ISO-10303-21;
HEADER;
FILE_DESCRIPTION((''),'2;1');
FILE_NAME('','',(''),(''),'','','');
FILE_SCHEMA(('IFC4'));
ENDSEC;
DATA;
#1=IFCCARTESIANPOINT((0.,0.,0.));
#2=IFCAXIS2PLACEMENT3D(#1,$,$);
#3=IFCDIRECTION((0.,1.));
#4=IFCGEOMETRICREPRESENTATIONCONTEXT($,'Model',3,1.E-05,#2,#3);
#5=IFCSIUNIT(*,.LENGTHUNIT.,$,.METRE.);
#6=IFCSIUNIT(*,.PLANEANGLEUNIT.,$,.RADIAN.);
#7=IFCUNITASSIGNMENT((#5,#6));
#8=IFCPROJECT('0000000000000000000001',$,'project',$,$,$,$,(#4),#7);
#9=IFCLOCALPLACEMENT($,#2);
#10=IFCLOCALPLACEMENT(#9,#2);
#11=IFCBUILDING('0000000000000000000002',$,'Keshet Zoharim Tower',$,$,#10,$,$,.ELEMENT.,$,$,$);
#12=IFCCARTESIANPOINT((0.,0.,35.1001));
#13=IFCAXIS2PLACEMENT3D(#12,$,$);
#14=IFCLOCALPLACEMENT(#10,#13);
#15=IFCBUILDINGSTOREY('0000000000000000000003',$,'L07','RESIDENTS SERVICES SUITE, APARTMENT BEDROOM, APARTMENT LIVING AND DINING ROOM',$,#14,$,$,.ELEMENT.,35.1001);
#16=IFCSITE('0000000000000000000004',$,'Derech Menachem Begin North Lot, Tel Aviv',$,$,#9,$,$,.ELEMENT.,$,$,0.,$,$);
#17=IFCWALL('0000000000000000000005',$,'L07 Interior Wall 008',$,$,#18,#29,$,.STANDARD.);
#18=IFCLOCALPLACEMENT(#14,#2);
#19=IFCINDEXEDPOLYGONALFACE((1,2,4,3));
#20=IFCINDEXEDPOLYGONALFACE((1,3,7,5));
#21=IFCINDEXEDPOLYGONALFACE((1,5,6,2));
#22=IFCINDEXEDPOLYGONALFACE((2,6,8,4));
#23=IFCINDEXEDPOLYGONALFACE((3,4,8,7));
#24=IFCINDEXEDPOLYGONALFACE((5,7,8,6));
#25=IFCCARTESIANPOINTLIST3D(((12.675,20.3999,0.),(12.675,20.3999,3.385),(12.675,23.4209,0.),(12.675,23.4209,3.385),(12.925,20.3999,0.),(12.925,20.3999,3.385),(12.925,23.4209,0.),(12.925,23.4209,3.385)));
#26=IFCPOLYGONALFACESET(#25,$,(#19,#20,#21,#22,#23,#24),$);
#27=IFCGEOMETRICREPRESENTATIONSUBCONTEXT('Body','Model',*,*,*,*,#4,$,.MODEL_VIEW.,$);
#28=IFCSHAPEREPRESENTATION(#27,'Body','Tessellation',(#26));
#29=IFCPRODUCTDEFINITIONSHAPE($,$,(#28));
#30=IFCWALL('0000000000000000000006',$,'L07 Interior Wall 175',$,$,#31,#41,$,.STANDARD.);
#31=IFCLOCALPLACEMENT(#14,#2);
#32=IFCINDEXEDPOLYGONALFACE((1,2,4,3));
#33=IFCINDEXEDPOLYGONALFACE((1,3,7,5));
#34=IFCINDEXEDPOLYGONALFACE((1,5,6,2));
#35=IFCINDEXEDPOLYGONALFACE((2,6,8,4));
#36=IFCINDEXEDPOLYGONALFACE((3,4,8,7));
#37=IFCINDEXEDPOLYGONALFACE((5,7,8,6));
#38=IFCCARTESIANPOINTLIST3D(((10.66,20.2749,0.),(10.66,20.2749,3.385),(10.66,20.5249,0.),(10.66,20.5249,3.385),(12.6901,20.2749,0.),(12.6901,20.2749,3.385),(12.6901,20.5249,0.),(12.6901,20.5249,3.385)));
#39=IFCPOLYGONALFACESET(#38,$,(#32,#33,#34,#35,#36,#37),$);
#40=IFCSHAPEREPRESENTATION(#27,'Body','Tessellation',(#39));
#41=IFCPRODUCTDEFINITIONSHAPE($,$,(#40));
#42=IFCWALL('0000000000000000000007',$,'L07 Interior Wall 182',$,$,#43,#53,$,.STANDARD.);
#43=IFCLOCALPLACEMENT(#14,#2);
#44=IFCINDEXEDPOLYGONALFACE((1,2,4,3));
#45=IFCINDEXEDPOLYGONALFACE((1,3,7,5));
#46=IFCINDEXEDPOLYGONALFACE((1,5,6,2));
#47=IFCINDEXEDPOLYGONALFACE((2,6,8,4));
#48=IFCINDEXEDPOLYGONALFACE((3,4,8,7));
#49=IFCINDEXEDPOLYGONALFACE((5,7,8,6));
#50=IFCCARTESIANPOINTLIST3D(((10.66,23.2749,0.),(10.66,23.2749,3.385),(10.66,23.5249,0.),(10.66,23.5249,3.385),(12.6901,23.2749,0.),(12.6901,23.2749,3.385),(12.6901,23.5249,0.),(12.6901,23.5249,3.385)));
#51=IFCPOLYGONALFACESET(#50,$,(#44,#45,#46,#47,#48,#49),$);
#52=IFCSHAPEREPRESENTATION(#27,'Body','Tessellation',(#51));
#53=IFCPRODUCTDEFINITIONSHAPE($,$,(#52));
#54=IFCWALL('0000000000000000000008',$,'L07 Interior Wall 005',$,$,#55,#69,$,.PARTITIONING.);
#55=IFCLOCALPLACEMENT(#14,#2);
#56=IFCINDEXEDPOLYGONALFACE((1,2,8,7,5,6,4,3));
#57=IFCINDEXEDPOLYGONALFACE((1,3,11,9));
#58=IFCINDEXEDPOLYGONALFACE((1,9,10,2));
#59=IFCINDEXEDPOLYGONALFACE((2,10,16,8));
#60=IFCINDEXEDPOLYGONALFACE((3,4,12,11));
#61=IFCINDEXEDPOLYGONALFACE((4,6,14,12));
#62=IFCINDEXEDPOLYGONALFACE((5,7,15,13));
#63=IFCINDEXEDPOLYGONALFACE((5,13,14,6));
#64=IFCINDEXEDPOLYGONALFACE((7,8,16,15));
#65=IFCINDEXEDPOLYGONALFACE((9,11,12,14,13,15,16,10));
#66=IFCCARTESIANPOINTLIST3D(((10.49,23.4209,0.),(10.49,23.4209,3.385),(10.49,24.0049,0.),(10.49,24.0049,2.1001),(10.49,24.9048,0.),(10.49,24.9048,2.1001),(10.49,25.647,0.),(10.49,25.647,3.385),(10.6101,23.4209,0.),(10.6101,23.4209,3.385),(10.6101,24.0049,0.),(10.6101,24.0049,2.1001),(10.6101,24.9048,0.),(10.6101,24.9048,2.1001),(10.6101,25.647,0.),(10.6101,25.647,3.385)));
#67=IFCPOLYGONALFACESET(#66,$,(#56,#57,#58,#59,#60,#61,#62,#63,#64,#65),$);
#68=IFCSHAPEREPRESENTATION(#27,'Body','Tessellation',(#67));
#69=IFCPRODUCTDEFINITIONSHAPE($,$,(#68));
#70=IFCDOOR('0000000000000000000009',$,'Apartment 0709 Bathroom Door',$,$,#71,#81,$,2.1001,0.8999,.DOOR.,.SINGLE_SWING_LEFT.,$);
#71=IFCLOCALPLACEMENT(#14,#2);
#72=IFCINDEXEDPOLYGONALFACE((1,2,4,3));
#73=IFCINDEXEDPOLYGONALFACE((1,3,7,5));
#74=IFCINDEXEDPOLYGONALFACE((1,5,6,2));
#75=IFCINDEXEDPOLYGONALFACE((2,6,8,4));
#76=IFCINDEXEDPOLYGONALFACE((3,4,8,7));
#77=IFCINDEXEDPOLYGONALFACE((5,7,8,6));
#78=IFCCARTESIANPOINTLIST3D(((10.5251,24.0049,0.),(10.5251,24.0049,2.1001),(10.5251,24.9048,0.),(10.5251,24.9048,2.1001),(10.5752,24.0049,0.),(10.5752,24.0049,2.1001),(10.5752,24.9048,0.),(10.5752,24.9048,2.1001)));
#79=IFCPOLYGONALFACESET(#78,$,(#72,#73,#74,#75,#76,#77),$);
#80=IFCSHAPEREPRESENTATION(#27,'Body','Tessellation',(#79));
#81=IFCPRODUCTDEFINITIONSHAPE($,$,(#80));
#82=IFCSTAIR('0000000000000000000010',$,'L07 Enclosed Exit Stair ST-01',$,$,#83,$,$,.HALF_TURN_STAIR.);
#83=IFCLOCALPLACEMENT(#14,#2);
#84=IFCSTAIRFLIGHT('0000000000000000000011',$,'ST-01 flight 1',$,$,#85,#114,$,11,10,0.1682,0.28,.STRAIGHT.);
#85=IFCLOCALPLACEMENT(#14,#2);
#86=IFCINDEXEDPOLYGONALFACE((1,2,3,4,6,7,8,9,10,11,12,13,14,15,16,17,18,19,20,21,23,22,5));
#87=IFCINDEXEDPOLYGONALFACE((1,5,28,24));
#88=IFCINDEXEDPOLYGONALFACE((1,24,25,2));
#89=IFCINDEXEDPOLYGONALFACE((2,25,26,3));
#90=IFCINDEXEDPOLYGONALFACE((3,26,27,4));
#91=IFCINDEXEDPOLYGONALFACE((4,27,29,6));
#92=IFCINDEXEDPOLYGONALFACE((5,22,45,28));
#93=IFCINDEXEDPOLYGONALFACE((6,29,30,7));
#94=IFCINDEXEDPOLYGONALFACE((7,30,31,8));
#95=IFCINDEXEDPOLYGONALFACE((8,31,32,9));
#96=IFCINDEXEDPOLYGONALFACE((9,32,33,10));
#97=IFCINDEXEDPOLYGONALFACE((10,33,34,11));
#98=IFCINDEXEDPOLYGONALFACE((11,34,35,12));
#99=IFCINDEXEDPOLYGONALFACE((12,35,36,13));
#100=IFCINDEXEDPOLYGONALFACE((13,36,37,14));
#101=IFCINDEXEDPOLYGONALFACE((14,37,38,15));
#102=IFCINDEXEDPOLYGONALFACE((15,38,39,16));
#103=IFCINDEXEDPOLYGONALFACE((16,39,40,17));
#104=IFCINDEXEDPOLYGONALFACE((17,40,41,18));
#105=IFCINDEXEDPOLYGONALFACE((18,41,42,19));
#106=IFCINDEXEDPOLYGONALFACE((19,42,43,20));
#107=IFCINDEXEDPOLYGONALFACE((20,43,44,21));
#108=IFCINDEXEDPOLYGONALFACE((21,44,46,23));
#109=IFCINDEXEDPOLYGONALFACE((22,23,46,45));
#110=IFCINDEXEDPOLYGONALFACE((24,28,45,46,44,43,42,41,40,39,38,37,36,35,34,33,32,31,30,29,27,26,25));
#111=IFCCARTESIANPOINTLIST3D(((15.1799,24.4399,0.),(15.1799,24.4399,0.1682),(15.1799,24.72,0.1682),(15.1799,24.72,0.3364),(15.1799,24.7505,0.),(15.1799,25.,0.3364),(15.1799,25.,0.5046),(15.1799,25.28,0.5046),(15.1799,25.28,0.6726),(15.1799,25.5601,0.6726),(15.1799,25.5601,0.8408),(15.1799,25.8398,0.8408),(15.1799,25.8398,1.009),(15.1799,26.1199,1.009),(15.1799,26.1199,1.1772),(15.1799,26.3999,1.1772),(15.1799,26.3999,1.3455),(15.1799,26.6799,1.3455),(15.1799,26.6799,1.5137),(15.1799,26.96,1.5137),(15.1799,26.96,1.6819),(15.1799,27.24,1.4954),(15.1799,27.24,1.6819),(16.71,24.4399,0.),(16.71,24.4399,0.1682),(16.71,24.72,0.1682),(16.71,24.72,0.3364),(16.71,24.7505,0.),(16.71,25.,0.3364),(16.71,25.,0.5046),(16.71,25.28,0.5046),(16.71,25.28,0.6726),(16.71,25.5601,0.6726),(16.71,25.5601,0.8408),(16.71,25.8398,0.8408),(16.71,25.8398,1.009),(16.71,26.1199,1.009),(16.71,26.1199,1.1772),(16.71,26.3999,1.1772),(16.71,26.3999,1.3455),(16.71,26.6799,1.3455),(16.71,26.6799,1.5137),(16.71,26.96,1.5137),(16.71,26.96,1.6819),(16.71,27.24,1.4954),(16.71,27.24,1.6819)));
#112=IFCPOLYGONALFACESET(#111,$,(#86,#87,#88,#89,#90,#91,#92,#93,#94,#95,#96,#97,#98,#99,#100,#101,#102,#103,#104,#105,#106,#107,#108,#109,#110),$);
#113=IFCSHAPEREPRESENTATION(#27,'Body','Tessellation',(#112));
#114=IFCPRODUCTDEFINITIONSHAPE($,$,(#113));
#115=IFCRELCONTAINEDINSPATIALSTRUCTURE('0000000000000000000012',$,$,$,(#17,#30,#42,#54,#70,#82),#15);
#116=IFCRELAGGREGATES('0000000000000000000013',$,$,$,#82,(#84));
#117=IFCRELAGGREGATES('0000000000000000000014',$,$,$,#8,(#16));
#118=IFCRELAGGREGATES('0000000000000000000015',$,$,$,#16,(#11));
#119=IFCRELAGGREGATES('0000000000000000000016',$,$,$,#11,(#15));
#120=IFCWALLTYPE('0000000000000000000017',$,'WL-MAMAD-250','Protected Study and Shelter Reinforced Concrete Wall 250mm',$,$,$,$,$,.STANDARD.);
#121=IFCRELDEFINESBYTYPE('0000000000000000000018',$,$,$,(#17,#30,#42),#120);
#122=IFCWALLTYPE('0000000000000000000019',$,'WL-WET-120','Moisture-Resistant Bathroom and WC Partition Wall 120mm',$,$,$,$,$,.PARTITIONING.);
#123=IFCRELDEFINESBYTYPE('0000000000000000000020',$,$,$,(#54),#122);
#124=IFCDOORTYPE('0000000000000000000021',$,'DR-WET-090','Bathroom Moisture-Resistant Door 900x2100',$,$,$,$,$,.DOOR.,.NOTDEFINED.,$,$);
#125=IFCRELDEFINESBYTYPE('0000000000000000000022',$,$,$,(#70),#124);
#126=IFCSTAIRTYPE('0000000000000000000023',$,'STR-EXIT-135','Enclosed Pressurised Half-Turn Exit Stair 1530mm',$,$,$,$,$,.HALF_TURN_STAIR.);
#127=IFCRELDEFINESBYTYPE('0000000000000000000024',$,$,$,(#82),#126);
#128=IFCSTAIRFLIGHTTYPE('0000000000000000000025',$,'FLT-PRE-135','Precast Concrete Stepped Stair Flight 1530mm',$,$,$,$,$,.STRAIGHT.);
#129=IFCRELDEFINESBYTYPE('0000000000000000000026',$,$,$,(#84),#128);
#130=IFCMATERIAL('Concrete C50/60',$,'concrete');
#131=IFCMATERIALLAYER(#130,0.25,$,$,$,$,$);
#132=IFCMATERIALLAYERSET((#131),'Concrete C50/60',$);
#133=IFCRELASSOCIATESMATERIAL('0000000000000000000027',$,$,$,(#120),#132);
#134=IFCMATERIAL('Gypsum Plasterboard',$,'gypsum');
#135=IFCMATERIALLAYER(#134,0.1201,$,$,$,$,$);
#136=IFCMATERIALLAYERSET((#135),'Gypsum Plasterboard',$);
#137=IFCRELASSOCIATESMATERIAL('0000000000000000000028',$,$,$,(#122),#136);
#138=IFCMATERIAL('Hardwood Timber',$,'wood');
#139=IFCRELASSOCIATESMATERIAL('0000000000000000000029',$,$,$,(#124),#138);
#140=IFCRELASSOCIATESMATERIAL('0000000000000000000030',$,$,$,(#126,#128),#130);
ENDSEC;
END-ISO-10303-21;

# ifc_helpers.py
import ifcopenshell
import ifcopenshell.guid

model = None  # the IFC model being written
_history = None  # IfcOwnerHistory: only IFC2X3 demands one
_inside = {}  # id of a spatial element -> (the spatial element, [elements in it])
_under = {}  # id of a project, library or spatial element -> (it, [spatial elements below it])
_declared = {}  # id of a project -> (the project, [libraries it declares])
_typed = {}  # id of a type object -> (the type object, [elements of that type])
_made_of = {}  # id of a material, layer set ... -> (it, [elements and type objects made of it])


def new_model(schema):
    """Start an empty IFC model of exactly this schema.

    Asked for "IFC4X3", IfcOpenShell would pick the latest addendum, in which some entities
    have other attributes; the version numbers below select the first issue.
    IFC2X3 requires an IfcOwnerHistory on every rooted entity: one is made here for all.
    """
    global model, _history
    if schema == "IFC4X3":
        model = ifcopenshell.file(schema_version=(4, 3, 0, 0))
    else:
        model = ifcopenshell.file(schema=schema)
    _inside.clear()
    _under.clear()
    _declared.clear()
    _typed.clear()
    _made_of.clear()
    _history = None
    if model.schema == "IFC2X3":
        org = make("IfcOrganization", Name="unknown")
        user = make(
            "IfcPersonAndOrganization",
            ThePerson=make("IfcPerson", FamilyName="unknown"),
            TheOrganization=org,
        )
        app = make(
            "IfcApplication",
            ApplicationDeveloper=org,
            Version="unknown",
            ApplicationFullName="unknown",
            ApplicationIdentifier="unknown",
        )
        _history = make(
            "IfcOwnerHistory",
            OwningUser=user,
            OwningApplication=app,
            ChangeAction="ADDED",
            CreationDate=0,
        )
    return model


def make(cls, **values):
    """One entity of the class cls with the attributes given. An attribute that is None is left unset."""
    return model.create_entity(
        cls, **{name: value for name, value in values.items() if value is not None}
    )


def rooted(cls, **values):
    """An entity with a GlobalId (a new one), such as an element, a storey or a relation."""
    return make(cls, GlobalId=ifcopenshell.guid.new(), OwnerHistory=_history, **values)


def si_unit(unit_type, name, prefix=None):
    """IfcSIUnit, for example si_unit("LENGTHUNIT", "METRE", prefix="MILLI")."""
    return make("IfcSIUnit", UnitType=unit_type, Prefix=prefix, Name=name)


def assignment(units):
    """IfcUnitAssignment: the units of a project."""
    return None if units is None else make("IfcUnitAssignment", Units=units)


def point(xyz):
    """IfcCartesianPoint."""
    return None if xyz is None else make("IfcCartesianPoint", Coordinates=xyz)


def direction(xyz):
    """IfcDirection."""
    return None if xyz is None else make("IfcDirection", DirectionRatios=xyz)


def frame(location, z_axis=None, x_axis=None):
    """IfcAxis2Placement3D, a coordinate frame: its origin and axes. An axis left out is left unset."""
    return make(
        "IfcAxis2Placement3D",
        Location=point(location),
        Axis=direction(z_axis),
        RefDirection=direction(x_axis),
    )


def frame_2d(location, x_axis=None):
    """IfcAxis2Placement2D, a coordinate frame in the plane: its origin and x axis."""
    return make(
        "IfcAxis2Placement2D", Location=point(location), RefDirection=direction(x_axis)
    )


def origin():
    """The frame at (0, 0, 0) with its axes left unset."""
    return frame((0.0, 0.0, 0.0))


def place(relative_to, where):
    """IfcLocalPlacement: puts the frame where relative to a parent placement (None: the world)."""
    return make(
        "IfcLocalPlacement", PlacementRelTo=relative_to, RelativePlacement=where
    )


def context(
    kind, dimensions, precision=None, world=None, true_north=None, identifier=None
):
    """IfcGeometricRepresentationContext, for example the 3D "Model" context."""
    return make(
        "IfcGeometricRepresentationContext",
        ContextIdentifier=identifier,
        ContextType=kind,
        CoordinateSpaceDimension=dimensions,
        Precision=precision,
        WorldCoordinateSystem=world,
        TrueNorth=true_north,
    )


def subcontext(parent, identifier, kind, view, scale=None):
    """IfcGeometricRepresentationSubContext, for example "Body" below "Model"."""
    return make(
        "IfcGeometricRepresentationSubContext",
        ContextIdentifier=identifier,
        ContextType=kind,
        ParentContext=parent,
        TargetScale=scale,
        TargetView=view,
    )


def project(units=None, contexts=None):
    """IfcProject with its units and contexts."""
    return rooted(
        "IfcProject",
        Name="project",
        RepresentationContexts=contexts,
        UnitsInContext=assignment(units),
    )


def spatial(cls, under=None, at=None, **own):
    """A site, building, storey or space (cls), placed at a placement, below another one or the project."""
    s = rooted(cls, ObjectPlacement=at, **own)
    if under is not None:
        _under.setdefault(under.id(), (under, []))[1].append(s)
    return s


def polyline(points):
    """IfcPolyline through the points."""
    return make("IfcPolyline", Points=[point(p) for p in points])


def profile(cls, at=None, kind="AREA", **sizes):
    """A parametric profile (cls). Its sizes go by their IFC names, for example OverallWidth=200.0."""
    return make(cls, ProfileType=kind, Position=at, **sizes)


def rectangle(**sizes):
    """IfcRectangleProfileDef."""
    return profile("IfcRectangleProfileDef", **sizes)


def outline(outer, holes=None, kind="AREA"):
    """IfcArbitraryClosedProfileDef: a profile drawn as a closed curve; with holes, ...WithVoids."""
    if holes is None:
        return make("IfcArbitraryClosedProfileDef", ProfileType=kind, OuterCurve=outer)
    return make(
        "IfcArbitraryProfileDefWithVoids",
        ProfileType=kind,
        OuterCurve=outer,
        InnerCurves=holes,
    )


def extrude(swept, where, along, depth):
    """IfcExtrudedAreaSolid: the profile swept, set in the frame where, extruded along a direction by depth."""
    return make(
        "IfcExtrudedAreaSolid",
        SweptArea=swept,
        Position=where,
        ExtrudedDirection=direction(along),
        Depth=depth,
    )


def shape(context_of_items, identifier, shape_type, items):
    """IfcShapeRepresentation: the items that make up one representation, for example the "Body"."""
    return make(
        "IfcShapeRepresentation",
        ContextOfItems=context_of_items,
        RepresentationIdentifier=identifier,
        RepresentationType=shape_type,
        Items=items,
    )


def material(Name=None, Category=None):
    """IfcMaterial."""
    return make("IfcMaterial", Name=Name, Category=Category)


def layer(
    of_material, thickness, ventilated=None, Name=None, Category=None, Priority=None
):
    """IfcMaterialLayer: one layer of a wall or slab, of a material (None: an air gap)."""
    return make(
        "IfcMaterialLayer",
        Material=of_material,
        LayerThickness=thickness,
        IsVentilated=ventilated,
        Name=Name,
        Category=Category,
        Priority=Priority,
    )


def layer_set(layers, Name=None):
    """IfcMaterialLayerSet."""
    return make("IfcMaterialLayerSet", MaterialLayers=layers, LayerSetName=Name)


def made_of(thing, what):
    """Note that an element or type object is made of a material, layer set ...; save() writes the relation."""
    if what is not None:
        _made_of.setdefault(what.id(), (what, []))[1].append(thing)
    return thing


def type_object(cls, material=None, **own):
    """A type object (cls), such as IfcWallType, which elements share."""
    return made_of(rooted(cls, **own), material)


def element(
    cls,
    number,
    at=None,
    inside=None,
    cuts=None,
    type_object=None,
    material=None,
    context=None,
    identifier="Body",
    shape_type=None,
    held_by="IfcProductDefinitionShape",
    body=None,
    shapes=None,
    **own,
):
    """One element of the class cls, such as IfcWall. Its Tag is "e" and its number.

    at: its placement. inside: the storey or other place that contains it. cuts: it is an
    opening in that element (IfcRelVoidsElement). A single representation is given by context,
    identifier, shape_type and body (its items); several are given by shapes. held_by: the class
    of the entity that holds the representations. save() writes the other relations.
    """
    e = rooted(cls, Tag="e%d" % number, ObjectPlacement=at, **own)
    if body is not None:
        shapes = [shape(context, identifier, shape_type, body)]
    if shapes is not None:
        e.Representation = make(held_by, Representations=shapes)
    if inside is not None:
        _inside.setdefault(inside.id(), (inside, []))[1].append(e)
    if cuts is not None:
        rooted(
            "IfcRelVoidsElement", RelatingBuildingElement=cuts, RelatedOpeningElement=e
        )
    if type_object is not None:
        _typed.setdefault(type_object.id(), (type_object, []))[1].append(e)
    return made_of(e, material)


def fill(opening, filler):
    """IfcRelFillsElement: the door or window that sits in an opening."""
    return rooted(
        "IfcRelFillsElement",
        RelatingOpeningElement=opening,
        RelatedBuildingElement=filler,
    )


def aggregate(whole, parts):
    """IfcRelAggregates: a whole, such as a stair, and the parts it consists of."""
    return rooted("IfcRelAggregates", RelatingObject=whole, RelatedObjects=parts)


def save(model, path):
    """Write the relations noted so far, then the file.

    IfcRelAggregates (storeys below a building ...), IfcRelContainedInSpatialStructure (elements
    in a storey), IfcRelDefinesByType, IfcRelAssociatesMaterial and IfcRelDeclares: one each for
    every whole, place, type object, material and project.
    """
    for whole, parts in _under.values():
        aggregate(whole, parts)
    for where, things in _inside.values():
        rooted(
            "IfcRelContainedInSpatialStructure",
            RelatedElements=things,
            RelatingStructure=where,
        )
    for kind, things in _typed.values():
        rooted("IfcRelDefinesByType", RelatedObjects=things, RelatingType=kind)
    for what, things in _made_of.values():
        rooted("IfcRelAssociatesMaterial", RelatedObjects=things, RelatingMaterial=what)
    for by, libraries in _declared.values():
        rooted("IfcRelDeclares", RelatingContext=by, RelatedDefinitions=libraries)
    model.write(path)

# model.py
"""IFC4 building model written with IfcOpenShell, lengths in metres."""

from ifc_helpers import new_model, si_unit, direction, frame, frame_2d, origin, place, context, subcontext, project, spatial, polyline, rectangle, outline, extrude, material, layer, layer_set, type_object, element, fill, aggregate, save


model = new_model("IFC4")

# Units and contexts
model_context = context("Model", 3, precision=1e-05, world=origin(), true_north=direction((0.0, 1.0)))
body_context = subcontext(model_context, "Body", "Model", "MODEL_VIEW")
ifc_project = project(units=[si_unit("LENGTHUNIT", "METRE"), si_unit("PLANEANGLEUNIT", "RADIAN")], contexts=[model_context])

# Site, building, storey
site_placement = place(None, origin())
site = spatial("IfcSite", under=ifc_project, at=site_placement, Name="Derech Menachem Begin North Lot, Tel Aviv", CompositionType="ELEMENT", RefElevation=0.0)
building_placement = place(site_placement, origin())
building = spatial("IfcBuilding", under=site, at=building_placement, Name="Keshet Zoharim Tower", CompositionType="ELEMENT")
storey_placement = place(building_placement, frame((0.0, 0.0, 35.1001)))
storey = spatial("IfcBuildingStorey", under=building, at=storey_placement, Name="L07", Description="RESIDENTS SERVICES SUITE, APARTMENT BEDROOM, APARTMENT LIVING AND DINING ROOM", CompositionType="ELEMENT", Elevation=35.1001)

# Shared definitions
ifc_material_1 = material(Name="Hardwood Timber", Category="wood")

# Shared definitions
ifc_material_2 = material(Name="Gypsum Plasterboard", Category="gypsum")

# Shared definitions
ifc_material_3 = material(Name="Concrete C50/60", Category="concrete")
ifc_layer_1 = layer(ifc_material_3, 0.25)
ifc_layer_set_1 = layer_set([ifc_layer_1], Name="Concrete C50/60")
wall_type_1 = type_object("IfcWallType", Name="WL-MAMAD-250", Description="Protected Study and Shelter Reinforced Concrete Wall 250mm", PredefinedType="STANDARD", material=ifc_layer_set_1)

# Walls
wall_1_placement = place(storey_placement, frame((12.8, 20.3999, 0.0), z_axis=(0.0, 0.0, 1.0), x_axis=(0.0, 1.0, 0.0)))
element("IfcWall", 1, at=wall_1_placement, inside=storey, type_object=wall_type_1, Name="L07 Interior Wall 008", PredefinedType="STANDARD", context=body_context, shape_type="SweptSolid", body=[
    extrude(rectangle(XDim=3.021, YDim=0.25, at=frame_2d((1.5105, 0.0))), origin(), (0.0, 0.0, 1.0), 3.385),
])
for number, where, z_axis, x_axis, name in (
    (2, (10.6599, 20.3999, 0.0), (0.0, 0.0, 1.0), (1.0, 0.0, 0.0), "L07 Interior Wall 175"),
    (3, (10.6599, 23.3999, 0.0), (0.0, 0.0, 1.0), (1.0, 0.0, 0.0), "L07 Interior Wall 182"),
):
    element("IfcWall", number, at=place(storey_placement, frame(where, z_axis=z_axis, x_axis=x_axis)), inside=storey, type_object=wall_type_1, Name=name, PredefinedType="STANDARD", context=body_context, shape_type="SweptSolid", body=[
        extrude(rectangle(XDim=2.03, YDim=0.25, at=frame_2d((1.0151, 0.0))), origin(), (0.0, 0.0, 1.0), 3.385),
    ])

# Wall, opening, door
ifc_layer_2 = layer(ifc_material_2, 0.1201)
ifc_layer_set_2 = layer_set([ifc_layer_2], Name="Gypsum Plasterboard")
wall_type_2 = type_object("IfcWallType", Name="WL-WET-120", Description="Moisture-Resistant Bathroom and WC Partition Wall 120mm", PredefinedType="PARTITIONING", material=ifc_layer_set_2)
wall_2_placement = place(storey_placement, frame((10.55, 23.4209, 0.0), z_axis=(0.0, 0.0, 1.0), x_axis=(0.0, 1.0, 0.0)))
wall_2 = element("IfcWall", 4, at=wall_2_placement, inside=storey, type_object=wall_type_2, Name="L07 Interior Wall 005", PredefinedType="PARTITIONING", context=body_context, shape_type="SweptSolid", body=[
    extrude(rectangle(XDim=2.2261, YDim=0.1201, at=frame_2d((1.113, 0.0))), origin(), (0.0, 0.0, 1.0), 3.385),
])
opening_1_placement = place(wall_2_placement, frame((0.584, 0.0, 0.0)))
opening_1 = element("IfcOpeningElement", 5, at=opening_1_placement, cuts=wall_2, PredefinedType="OPENING", context=body_context, shape_type="SweptSolid", body=[
    extrude(rectangle(XDim=0.8999, YDim=2.1001, at=frame_2d((0.45, 1.05))), frame((0.0, 0.0701, 0.0), z_axis=(0.0, -1.0, 0.0), x_axis=(1.0, 0.0, 0.0)), (0.0, 0.0, 1.0), 0.1401),
])
door_type_1 = type_object("IfcDoorType", Name="DR-WET-090", Description="Bathroom Moisture-Resistant Door 900x2100", OperationType="NOTDEFINED", PredefinedType="DOOR", material=ifc_material_1)
door_1_placement = place(opening_1_placement, origin())
door_1 = element("IfcDoor", 6, at=door_1_placement, inside=storey, type_object=door_type_1, Name="Apartment 0709 Bathroom Door", OperationType="SINGLE_SWING_LEFT", OverallHeight=2.1001, OverallWidth=0.8999, PredefinedType="DOOR", context=body_context, shape_type="SweptSolid", body=[
    extrude(rectangle(XDim=0.8999, YDim=2.1001, at=frame_2d((0.45, 1.05))), frame((0.0, 0.0249, 0.0), z_axis=(0.0, -1.0, 0.0), x_axis=(1.0, 0.0, 0.0)), (0.0, 0.0, 1.0), 0.05),
])
fill(opening_1, door_1)

# Stair, stair flight
stair_type = type_object("IfcStairType", Name="STR-EXIT-135", Description="Enclosed Pressurised Half-Turn Exit Stair 1530mm", PredefinedType="HALF_TURN_STAIR", material=ifc_material_3)
stair_placement = place(storey_placement, origin())
stair = element("IfcStair", 7, at=stair_placement, inside=storey, type_object=stair_type, Name="L07 Enclosed Exit Stair ST-01", PredefinedType="HALF_TURN_STAIR")
stair_flight_type = type_object("IfcStairFlightType", Name="FLT-PRE-135", Description="Precast Concrete Stepped Stair Flight 1530mm", PredefinedType="STRAIGHT", material=ifc_material_3)
stair_flight_placement = place(storey_placement, frame((15.9451, 24.4399, 0.0), z_axis=(0.0, 0.0, 1.0), x_axis=(0.0, 1.0, 0.0)))
stair_flight = element("IfcStairFlight", 8, at=stair_flight_placement, type_object=stair_flight_type, Name="ST-01 flight 1", NumberOfRisers=11, NumberOfTreads=10, PredefinedType="STRAIGHT", RiserHeight=0.1682, TreadLength=0.28, context=body_context, shape_type="SweptSolid", body=[
    extrude(outline(polyline([(0.0, 0.0), (0.0, 0.1682), (0.28, 0.1682), (0.28, 0.3364), (0.5601, 0.3364), (0.5601, 0.5046), (0.8401, 0.5046), (0.8401, 0.6726), (1.1201, 0.6726), (1.1201, 0.8408), (1.3999, 0.8408), (1.3999, 1.009), (1.6799, 1.009), (1.6799, 1.1772), (1.96, 1.1772), (1.96, 1.3455), (2.24, 1.3455), (2.24, 1.5137), (2.52, 1.5137), (2.52, 1.6819), (2.8, 1.6819), (2.8, 1.8501), (2.8, 1.4954), (0.3105, 0.0), (0.0, 0.0)])), frame((0.0, 0.7651, 0.0), z_axis=(0.0, -1.0, 0.0), x_axis=(1.0, 0.0, 0.0)), (0.0, 0.0, 1.0), 1.53),
])
aggregate(stair, [stair_flight])

save(model, "model.ifc")
